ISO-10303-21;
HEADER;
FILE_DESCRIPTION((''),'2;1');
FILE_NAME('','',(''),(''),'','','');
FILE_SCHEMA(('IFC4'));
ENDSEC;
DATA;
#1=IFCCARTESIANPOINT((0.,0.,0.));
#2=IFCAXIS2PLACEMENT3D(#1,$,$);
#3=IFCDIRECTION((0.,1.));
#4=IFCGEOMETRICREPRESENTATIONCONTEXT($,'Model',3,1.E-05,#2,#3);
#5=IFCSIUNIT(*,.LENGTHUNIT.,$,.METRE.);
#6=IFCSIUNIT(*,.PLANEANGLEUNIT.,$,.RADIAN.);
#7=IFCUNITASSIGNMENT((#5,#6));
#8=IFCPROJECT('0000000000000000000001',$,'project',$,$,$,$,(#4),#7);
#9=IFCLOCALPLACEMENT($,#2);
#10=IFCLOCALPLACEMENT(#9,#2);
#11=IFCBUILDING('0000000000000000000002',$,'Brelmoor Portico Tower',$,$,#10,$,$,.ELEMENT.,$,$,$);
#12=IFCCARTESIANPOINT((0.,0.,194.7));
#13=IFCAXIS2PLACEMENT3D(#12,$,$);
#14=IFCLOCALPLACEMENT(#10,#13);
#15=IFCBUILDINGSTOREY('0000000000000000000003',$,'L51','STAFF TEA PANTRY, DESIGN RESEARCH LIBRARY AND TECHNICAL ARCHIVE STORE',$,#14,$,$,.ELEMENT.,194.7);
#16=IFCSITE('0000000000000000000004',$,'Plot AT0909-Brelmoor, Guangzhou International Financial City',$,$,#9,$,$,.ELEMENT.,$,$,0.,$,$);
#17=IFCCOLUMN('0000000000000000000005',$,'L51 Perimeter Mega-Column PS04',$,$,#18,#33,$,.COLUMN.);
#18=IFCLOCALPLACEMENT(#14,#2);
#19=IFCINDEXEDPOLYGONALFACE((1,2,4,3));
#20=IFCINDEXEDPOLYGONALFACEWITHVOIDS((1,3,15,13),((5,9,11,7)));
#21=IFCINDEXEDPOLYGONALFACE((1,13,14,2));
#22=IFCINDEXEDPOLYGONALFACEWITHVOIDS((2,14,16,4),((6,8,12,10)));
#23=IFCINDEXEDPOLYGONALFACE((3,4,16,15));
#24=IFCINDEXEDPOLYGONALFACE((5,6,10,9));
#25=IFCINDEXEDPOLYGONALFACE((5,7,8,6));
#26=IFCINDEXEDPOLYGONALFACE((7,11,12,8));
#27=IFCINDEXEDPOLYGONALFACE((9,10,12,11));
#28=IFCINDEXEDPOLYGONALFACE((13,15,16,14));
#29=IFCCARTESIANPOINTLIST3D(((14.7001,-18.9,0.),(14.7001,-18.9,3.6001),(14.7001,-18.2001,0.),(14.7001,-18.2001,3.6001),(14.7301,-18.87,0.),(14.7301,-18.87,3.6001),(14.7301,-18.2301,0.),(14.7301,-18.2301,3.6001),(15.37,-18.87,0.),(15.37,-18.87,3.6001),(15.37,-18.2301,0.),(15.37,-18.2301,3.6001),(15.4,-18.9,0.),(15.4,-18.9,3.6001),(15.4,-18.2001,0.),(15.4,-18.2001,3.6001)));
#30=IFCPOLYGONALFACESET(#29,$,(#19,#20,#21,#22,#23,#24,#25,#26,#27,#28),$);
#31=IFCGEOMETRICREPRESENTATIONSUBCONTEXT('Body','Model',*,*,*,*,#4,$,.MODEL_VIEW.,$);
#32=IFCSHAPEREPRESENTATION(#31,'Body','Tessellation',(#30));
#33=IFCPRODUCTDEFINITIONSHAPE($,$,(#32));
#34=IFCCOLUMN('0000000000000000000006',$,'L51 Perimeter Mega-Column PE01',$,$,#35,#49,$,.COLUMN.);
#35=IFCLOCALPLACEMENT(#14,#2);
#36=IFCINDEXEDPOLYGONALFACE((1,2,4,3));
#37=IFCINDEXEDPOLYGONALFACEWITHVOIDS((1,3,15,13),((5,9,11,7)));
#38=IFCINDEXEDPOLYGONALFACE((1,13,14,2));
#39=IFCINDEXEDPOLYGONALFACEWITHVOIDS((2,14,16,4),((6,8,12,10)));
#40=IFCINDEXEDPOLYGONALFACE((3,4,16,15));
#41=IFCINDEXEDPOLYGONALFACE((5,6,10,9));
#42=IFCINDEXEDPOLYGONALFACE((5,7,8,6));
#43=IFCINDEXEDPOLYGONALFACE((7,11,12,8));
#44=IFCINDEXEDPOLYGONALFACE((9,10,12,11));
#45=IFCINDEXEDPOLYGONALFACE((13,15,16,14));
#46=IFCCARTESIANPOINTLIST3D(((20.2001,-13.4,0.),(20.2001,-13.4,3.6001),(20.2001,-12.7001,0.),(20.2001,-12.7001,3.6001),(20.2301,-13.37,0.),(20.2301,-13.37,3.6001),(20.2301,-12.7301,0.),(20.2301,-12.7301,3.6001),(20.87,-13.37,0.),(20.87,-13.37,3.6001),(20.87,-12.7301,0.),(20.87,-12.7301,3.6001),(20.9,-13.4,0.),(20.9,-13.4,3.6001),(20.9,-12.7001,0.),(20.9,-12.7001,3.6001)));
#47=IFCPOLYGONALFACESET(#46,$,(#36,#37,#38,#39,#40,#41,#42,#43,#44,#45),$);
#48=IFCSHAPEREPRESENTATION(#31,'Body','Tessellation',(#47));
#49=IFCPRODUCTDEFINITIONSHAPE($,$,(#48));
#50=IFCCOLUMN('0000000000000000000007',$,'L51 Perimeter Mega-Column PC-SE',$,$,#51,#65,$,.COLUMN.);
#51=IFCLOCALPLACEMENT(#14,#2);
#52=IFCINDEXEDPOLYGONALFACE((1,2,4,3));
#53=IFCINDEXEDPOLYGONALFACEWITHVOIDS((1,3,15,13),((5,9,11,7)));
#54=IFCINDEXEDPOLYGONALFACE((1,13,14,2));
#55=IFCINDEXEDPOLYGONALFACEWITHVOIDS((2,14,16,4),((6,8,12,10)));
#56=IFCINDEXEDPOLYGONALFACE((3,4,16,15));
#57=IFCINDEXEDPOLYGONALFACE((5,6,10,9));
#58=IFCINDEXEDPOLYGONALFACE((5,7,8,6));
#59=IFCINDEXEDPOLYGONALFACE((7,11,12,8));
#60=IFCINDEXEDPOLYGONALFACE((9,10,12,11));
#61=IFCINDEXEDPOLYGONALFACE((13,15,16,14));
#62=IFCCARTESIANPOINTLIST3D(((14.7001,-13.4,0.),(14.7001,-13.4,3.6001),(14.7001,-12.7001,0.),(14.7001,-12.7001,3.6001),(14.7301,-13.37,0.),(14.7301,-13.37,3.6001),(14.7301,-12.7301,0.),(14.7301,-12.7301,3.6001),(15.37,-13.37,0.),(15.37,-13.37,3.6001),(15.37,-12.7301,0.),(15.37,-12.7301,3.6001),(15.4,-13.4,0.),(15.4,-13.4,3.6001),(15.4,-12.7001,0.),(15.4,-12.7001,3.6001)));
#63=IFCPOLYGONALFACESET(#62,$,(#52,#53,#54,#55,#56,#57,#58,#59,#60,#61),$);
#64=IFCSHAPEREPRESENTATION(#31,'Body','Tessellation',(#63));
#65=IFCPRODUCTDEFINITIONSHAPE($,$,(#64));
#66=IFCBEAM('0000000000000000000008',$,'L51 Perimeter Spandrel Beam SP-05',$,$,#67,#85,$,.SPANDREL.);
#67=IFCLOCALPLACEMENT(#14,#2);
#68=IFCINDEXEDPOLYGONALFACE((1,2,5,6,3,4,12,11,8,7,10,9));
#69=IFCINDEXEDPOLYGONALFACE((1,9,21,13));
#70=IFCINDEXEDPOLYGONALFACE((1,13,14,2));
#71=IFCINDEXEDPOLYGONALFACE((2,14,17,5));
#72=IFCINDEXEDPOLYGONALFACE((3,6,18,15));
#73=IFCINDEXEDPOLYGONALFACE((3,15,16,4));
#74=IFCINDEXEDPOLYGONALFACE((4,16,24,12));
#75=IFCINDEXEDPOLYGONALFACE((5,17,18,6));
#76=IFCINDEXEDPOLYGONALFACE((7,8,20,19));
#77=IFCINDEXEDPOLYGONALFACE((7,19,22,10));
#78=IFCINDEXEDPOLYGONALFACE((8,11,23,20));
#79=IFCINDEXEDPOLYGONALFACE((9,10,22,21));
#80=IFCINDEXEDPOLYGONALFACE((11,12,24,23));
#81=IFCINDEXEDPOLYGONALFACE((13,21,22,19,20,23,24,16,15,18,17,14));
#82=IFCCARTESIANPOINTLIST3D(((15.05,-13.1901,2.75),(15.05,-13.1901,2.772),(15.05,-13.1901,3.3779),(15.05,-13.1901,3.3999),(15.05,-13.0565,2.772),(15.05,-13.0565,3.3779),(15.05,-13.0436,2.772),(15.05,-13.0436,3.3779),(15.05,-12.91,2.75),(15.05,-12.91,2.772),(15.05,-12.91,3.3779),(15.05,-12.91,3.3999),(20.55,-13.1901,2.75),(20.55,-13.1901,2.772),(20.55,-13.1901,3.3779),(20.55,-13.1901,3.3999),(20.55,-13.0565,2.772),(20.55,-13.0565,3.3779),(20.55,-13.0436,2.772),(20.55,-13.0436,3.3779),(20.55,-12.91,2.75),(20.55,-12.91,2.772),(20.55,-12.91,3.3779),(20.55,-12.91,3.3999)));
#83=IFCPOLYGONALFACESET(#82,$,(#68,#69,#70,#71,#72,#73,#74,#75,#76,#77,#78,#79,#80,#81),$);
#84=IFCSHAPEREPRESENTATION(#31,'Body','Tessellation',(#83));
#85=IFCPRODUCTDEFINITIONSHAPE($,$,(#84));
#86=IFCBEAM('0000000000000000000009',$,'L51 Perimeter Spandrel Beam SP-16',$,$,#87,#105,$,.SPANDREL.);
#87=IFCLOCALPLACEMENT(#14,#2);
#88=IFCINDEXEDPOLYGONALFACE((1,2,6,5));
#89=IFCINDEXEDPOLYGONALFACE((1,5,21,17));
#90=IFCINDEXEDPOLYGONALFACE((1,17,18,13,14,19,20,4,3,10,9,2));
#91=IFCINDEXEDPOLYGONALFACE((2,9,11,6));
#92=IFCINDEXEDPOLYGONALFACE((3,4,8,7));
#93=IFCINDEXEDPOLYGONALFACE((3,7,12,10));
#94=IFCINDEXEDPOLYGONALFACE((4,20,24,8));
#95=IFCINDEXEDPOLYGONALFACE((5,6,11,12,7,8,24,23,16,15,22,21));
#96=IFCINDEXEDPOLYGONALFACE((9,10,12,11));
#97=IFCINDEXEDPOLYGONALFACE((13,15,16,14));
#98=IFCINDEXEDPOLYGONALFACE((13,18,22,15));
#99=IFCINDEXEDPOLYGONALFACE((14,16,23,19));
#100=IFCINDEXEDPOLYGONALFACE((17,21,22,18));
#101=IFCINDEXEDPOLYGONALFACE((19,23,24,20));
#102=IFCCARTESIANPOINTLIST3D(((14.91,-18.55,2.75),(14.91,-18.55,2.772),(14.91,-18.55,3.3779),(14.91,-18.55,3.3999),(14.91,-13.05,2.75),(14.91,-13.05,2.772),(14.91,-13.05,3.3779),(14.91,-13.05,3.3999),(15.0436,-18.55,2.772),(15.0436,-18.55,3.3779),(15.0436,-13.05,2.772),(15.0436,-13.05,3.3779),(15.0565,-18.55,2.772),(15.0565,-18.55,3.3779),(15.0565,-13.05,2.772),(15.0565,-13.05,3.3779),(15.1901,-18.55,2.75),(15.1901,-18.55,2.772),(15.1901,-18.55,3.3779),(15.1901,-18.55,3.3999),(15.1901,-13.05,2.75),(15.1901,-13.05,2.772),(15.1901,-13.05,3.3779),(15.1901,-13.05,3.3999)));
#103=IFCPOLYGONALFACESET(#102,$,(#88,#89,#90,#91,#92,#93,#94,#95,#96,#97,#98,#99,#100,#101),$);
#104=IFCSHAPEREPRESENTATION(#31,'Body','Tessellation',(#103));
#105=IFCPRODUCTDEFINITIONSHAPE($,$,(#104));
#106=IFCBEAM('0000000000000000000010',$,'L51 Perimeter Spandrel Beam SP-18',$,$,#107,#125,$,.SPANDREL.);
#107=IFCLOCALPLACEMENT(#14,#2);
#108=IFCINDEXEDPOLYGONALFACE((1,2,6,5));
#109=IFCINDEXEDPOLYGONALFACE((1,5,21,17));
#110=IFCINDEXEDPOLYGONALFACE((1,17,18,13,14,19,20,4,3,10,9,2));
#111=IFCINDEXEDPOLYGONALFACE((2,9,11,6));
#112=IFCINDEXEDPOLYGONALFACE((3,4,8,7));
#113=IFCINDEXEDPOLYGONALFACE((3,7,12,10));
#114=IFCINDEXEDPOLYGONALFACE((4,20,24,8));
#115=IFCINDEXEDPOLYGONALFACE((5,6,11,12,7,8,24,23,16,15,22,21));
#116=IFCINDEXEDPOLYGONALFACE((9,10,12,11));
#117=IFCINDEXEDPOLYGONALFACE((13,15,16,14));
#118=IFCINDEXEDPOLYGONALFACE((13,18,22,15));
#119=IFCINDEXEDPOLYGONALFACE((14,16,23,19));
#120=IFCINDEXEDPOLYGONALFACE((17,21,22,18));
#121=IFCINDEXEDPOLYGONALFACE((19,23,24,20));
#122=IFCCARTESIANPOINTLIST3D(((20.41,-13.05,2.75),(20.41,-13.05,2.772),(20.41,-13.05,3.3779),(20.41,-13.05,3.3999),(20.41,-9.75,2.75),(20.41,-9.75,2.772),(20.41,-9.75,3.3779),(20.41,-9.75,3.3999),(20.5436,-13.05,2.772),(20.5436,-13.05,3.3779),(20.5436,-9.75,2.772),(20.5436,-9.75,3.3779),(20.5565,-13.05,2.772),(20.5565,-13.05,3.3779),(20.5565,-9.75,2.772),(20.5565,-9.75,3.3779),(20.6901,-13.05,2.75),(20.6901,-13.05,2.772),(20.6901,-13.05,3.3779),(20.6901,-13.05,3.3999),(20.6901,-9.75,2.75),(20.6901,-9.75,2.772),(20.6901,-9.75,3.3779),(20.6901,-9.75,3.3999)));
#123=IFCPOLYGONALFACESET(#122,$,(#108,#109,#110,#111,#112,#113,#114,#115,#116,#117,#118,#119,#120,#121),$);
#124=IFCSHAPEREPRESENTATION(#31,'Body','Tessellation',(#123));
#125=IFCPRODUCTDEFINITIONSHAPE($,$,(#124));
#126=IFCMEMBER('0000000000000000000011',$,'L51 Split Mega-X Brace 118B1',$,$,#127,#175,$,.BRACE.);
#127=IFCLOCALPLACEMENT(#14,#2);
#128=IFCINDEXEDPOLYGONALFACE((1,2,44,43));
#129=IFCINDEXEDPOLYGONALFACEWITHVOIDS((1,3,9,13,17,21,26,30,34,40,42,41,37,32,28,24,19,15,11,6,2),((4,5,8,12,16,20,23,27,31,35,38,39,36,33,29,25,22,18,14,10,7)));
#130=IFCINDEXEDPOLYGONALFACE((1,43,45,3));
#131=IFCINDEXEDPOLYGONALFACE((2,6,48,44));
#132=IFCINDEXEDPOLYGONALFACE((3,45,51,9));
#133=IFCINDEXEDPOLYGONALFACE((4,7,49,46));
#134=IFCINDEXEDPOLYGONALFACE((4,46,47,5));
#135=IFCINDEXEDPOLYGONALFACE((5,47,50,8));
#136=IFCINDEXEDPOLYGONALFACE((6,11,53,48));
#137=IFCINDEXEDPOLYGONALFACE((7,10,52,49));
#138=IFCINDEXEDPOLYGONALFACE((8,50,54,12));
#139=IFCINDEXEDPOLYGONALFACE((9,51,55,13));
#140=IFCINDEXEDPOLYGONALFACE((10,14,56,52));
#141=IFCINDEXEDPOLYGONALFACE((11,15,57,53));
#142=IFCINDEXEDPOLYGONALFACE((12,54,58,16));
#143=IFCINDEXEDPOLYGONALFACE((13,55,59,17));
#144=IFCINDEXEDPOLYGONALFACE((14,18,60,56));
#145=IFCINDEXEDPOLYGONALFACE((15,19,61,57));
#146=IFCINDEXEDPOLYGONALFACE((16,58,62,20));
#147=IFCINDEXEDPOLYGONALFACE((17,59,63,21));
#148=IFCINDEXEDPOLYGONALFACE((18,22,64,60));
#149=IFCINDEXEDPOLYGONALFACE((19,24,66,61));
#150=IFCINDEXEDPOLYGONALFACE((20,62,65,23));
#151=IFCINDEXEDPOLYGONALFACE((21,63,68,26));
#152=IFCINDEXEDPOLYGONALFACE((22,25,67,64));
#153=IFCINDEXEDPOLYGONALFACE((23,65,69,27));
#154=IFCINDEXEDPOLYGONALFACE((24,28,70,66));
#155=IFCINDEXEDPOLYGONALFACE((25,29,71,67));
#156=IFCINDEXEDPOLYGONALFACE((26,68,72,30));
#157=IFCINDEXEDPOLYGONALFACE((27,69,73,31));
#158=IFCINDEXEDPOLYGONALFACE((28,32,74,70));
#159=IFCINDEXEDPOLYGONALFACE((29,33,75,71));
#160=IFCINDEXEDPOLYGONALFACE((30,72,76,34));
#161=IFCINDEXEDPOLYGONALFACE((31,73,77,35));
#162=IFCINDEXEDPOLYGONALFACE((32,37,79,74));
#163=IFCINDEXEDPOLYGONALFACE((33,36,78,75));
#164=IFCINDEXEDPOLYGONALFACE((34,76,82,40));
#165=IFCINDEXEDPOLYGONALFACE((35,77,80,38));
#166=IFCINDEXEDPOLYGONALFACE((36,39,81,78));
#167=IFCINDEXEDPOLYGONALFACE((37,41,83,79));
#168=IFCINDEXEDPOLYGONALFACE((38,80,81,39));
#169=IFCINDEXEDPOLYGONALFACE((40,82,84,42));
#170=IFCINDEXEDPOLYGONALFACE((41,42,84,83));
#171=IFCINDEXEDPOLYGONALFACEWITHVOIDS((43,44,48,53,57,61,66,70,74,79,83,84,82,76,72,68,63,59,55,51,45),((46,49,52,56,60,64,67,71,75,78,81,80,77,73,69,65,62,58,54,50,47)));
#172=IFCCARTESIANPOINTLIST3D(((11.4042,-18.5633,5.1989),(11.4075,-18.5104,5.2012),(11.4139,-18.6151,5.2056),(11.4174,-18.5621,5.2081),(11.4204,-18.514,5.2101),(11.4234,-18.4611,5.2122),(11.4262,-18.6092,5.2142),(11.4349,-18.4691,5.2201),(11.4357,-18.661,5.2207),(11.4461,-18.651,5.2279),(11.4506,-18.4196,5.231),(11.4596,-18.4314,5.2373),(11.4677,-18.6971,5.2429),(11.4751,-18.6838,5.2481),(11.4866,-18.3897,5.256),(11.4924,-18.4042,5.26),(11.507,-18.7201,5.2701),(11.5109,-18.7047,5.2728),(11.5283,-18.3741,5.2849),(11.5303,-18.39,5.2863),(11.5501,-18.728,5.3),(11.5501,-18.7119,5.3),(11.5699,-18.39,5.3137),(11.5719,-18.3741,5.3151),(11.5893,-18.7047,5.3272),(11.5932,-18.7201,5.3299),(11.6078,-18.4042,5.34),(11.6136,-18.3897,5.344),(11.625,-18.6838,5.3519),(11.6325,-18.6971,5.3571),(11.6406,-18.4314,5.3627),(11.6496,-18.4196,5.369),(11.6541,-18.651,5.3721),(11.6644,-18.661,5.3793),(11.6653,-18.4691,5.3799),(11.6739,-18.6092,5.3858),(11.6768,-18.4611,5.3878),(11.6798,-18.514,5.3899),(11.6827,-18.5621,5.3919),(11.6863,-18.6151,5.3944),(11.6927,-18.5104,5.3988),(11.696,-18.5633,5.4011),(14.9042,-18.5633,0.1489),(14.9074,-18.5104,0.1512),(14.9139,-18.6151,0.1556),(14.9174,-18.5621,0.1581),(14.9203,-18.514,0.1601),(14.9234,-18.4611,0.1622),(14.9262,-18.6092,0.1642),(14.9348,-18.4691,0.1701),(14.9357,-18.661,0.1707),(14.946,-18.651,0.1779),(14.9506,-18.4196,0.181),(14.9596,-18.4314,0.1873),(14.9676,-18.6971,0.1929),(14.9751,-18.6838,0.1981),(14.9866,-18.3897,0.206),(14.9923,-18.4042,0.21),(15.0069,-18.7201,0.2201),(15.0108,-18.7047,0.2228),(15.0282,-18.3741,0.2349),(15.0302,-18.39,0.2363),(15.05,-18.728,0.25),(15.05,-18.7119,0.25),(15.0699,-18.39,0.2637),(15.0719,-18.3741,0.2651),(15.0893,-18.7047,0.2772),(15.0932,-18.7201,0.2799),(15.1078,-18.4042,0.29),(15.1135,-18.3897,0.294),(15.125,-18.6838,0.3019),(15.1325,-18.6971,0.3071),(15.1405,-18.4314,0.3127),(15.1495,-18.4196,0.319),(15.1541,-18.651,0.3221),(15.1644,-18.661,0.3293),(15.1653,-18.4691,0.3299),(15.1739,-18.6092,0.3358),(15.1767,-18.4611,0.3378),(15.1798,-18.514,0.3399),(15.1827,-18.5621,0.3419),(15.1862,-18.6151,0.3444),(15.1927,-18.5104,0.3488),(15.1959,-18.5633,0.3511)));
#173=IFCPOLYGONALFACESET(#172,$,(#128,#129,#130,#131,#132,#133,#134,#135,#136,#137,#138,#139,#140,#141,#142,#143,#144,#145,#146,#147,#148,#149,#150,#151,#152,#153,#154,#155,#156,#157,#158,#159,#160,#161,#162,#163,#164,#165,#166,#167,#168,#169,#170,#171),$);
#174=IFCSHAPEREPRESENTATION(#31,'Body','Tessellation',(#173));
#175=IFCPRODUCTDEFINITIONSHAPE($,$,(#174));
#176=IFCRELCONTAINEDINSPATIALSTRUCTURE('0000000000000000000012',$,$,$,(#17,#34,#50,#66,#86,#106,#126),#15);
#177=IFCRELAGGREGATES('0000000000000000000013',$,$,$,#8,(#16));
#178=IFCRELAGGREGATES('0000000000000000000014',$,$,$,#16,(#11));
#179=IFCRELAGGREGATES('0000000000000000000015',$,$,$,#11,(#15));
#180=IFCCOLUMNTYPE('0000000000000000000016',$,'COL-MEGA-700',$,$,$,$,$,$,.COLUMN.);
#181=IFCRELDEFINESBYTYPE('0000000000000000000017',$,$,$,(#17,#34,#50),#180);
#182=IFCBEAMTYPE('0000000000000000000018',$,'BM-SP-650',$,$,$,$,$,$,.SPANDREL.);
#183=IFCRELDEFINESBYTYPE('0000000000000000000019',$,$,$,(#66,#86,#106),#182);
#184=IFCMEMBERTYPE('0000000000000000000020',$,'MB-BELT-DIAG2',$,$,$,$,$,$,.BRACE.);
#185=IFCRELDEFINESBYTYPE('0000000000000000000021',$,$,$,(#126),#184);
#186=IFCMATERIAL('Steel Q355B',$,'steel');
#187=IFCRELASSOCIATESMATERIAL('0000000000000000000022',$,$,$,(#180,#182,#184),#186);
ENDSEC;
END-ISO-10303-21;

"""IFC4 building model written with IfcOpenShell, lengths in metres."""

from ifc_helpers import new_model, si_unit, direction, frame, origin, origin_2d, place, context, subcontext, project, spatial, hollow_rectangle, hollow_circle, i_section, extrude, material, material_profile, profile_set, type_object, element, save


model = new_model("IFC4")

# Units and contexts
model_context = context("Model", 3, precision=1e-05, world=origin(), true_north=direction((0.0, 1.0)))
body_context = subcontext(model_context, "Body", "Model", "MODEL_VIEW")
ifc_project = project(units=[si_unit("LENGTHUNIT", "METRE"), si_unit("PLANEANGLEUNIT", "RADIAN")], contexts=[model_context])

# Site, building, storey
site_placement = place(None, origin())
site = spatial("IfcSite", under=ifc_project, at=site_placement, Name="Plot AT0909-Brelmoor, Guangzhou International Financial City", CompositionType="ELEMENT", RefElevation=0.0)
building_placement = place(site_placement, origin())
building = spatial("IfcBuilding", under=site, at=building_placement, Name="Brelmoor Portico Tower", CompositionType="ELEMENT")
storey_placement = place(building_placement, frame((0.0, 0.0, 194.7)))
storey = spatial("IfcBuildingStorey", under=building, at=storey_placement, Name="L51", Description="STAFF TEA PANTRY, DESIGN RESEARCH LIBRARY AND TECHNICAL ARCHIVE STORE", CompositionType="ELEMENT", Elevation=194.7)

# Columns
ifc_material_1 = material(Name="Steel Q355B", Category="steel")
ifc_material_profile_1 = material_profile(ifc_material_1, hollow_rectangle(XDim=0.7, YDim=0.7, WallThickness=0.03, at=origin_2d()), Name="BOX 700x700x30")
ifc_profile_set_1 = profile_set([ifc_material_profile_1], Name="Steel Q355B")
column_type = type_object("IfcColumnType", Name="COL-MEGA-700", PredefinedType="COLUMN", material=ifc_profile_set_1)
for number, where, z_axis, x_axis, name in (
    (1, (15.05, -18.55, 0.0), (0.0, 0.0, 1.0), (1.0, 0.0, 0.0), "L51 Perimeter Mega-Column PS04"),
    (2, (20.55, -13.05, 0.0), (0.0, 0.0, 1.0), (0.0, 1.0, 0.0), "L51 Perimeter Mega-Column PE01"),
    (3, (15.05, -13.05, 0.0), (0.0, 0.0, 1.0), (1.0, 0.0, 0.0), "L51 Perimeter Mega-Column PC-SE"),
):
    element("IfcColumn", number, at=place(storey_placement, frame(where, z_axis=z_axis, x_axis=x_axis)), inside=storey, type_object=column_type, Name=name, PredefinedType="COLUMN", context=body_context, shape_type="SweptSolid", body=[
        extrude(hollow_rectangle(XDim=0.7, YDim=0.7, WallThickness=0.03, at=origin_2d()), origin(), (0.0, 0.0, 1.0), 3.6001),
    ])

# Beams
ifc_material_profile_2 = material_profile(ifc_material_1, i_section(OverallWidth=0.28, OverallDepth=0.6499, WebThickness=0.0129, FlangeThickness=0.022, at=origin_2d()), Name="HN 650x280x13x22")
ifc_profile_set_2 = profile_set([ifc_material_profile_2], Name="Steel Q355B")
beam_type = type_object("IfcBeamType", Name="BM-SP-650", PredefinedType="SPANDREL", material=ifc_profile_set_2)
for number, where, z_axis, x_axis, name in (
    (4, (15.05, -13.05, 3.075), (1.0, 0.0, 0.0), (0.0, 1.0, 0.0), "L51 Perimeter Spandrel Beam SP-05"),
    (5, (15.05, -18.55, 3.075), (0.0, 1.0, 0.0), (-1.0, 0.0, 0.0), "L51 Perimeter Spandrel Beam SP-16"),
):
    element("IfcBeam", number, at=place(storey_placement, frame(where, z_axis=z_axis, x_axis=x_axis)), inside=storey, type_object=beam_type, Name=name, PredefinedType="SPANDREL", context=body_context, shape_type="SweptSolid", body=[
        extrude(i_section(OverallWidth=0.28, OverallDepth=0.6499, WebThickness=0.0129, FlangeThickness=0.022, at=origin_2d()), origin(), (0.0, 0.0, 1.0), 5.5),
    ])
beam_placement = place(storey_placement, frame((20.55, -13.05, 3.075), z_axis=(0.0, 1.0, 0.0), x_axis=(-1.0, 0.0, 0.0)))
element("IfcBeam", 6, at=beam_placement, inside=storey, type_object=beam_type, Name="L51 Perimeter Spandrel Beam SP-18", PredefinedType="SPANDREL", context=body_context, shape_type="SweptSolid", body=[
    extrude(i_section(OverallWidth=0.28, OverallDepth=0.6499, WebThickness=0.0129, FlangeThickness=0.022, at=origin_2d()), origin(), (0.0, 0.0, 1.0), 3.3),
])

# Member
ifc_material_profile_3 = material_profile(ifc_material_1, hollow_circle(Radius=0.178, WallThickness=0.0161, at=origin_2d()), Name="CHS 356x16")
ifc_profile_set_3 = profile_set([ifc_material_profile_3], Name="Steel Q355B")
member_type_1 = type_object("IfcMemberType", Name="MB-BELT-DIAG2", PredefinedType="BRACE", material=ifc_profile_set_3)
member_1_placement = place(storey_placement, frame((15.05, -18.55, 0.25), z_axis=(-0.569629, 0.0, 0.821902), x_axis=(0.0, -1.0, 0.0)))
element("IfcMember", 7, at=member_1_placement, inside=storey, type_object=member_type_1, Name="L51 Split Mega-X Brace 118B1", PredefinedType="BRACE", context=body_context, shape_type="SweptSolid", body=[
    extrude(hollow_circle(Radius=0.178, WallThickness=0.0161, at=origin_2d()), origin(), (0.0, 0.0, 1.0), 6.1443),
])

save(model, "model.ifc")
